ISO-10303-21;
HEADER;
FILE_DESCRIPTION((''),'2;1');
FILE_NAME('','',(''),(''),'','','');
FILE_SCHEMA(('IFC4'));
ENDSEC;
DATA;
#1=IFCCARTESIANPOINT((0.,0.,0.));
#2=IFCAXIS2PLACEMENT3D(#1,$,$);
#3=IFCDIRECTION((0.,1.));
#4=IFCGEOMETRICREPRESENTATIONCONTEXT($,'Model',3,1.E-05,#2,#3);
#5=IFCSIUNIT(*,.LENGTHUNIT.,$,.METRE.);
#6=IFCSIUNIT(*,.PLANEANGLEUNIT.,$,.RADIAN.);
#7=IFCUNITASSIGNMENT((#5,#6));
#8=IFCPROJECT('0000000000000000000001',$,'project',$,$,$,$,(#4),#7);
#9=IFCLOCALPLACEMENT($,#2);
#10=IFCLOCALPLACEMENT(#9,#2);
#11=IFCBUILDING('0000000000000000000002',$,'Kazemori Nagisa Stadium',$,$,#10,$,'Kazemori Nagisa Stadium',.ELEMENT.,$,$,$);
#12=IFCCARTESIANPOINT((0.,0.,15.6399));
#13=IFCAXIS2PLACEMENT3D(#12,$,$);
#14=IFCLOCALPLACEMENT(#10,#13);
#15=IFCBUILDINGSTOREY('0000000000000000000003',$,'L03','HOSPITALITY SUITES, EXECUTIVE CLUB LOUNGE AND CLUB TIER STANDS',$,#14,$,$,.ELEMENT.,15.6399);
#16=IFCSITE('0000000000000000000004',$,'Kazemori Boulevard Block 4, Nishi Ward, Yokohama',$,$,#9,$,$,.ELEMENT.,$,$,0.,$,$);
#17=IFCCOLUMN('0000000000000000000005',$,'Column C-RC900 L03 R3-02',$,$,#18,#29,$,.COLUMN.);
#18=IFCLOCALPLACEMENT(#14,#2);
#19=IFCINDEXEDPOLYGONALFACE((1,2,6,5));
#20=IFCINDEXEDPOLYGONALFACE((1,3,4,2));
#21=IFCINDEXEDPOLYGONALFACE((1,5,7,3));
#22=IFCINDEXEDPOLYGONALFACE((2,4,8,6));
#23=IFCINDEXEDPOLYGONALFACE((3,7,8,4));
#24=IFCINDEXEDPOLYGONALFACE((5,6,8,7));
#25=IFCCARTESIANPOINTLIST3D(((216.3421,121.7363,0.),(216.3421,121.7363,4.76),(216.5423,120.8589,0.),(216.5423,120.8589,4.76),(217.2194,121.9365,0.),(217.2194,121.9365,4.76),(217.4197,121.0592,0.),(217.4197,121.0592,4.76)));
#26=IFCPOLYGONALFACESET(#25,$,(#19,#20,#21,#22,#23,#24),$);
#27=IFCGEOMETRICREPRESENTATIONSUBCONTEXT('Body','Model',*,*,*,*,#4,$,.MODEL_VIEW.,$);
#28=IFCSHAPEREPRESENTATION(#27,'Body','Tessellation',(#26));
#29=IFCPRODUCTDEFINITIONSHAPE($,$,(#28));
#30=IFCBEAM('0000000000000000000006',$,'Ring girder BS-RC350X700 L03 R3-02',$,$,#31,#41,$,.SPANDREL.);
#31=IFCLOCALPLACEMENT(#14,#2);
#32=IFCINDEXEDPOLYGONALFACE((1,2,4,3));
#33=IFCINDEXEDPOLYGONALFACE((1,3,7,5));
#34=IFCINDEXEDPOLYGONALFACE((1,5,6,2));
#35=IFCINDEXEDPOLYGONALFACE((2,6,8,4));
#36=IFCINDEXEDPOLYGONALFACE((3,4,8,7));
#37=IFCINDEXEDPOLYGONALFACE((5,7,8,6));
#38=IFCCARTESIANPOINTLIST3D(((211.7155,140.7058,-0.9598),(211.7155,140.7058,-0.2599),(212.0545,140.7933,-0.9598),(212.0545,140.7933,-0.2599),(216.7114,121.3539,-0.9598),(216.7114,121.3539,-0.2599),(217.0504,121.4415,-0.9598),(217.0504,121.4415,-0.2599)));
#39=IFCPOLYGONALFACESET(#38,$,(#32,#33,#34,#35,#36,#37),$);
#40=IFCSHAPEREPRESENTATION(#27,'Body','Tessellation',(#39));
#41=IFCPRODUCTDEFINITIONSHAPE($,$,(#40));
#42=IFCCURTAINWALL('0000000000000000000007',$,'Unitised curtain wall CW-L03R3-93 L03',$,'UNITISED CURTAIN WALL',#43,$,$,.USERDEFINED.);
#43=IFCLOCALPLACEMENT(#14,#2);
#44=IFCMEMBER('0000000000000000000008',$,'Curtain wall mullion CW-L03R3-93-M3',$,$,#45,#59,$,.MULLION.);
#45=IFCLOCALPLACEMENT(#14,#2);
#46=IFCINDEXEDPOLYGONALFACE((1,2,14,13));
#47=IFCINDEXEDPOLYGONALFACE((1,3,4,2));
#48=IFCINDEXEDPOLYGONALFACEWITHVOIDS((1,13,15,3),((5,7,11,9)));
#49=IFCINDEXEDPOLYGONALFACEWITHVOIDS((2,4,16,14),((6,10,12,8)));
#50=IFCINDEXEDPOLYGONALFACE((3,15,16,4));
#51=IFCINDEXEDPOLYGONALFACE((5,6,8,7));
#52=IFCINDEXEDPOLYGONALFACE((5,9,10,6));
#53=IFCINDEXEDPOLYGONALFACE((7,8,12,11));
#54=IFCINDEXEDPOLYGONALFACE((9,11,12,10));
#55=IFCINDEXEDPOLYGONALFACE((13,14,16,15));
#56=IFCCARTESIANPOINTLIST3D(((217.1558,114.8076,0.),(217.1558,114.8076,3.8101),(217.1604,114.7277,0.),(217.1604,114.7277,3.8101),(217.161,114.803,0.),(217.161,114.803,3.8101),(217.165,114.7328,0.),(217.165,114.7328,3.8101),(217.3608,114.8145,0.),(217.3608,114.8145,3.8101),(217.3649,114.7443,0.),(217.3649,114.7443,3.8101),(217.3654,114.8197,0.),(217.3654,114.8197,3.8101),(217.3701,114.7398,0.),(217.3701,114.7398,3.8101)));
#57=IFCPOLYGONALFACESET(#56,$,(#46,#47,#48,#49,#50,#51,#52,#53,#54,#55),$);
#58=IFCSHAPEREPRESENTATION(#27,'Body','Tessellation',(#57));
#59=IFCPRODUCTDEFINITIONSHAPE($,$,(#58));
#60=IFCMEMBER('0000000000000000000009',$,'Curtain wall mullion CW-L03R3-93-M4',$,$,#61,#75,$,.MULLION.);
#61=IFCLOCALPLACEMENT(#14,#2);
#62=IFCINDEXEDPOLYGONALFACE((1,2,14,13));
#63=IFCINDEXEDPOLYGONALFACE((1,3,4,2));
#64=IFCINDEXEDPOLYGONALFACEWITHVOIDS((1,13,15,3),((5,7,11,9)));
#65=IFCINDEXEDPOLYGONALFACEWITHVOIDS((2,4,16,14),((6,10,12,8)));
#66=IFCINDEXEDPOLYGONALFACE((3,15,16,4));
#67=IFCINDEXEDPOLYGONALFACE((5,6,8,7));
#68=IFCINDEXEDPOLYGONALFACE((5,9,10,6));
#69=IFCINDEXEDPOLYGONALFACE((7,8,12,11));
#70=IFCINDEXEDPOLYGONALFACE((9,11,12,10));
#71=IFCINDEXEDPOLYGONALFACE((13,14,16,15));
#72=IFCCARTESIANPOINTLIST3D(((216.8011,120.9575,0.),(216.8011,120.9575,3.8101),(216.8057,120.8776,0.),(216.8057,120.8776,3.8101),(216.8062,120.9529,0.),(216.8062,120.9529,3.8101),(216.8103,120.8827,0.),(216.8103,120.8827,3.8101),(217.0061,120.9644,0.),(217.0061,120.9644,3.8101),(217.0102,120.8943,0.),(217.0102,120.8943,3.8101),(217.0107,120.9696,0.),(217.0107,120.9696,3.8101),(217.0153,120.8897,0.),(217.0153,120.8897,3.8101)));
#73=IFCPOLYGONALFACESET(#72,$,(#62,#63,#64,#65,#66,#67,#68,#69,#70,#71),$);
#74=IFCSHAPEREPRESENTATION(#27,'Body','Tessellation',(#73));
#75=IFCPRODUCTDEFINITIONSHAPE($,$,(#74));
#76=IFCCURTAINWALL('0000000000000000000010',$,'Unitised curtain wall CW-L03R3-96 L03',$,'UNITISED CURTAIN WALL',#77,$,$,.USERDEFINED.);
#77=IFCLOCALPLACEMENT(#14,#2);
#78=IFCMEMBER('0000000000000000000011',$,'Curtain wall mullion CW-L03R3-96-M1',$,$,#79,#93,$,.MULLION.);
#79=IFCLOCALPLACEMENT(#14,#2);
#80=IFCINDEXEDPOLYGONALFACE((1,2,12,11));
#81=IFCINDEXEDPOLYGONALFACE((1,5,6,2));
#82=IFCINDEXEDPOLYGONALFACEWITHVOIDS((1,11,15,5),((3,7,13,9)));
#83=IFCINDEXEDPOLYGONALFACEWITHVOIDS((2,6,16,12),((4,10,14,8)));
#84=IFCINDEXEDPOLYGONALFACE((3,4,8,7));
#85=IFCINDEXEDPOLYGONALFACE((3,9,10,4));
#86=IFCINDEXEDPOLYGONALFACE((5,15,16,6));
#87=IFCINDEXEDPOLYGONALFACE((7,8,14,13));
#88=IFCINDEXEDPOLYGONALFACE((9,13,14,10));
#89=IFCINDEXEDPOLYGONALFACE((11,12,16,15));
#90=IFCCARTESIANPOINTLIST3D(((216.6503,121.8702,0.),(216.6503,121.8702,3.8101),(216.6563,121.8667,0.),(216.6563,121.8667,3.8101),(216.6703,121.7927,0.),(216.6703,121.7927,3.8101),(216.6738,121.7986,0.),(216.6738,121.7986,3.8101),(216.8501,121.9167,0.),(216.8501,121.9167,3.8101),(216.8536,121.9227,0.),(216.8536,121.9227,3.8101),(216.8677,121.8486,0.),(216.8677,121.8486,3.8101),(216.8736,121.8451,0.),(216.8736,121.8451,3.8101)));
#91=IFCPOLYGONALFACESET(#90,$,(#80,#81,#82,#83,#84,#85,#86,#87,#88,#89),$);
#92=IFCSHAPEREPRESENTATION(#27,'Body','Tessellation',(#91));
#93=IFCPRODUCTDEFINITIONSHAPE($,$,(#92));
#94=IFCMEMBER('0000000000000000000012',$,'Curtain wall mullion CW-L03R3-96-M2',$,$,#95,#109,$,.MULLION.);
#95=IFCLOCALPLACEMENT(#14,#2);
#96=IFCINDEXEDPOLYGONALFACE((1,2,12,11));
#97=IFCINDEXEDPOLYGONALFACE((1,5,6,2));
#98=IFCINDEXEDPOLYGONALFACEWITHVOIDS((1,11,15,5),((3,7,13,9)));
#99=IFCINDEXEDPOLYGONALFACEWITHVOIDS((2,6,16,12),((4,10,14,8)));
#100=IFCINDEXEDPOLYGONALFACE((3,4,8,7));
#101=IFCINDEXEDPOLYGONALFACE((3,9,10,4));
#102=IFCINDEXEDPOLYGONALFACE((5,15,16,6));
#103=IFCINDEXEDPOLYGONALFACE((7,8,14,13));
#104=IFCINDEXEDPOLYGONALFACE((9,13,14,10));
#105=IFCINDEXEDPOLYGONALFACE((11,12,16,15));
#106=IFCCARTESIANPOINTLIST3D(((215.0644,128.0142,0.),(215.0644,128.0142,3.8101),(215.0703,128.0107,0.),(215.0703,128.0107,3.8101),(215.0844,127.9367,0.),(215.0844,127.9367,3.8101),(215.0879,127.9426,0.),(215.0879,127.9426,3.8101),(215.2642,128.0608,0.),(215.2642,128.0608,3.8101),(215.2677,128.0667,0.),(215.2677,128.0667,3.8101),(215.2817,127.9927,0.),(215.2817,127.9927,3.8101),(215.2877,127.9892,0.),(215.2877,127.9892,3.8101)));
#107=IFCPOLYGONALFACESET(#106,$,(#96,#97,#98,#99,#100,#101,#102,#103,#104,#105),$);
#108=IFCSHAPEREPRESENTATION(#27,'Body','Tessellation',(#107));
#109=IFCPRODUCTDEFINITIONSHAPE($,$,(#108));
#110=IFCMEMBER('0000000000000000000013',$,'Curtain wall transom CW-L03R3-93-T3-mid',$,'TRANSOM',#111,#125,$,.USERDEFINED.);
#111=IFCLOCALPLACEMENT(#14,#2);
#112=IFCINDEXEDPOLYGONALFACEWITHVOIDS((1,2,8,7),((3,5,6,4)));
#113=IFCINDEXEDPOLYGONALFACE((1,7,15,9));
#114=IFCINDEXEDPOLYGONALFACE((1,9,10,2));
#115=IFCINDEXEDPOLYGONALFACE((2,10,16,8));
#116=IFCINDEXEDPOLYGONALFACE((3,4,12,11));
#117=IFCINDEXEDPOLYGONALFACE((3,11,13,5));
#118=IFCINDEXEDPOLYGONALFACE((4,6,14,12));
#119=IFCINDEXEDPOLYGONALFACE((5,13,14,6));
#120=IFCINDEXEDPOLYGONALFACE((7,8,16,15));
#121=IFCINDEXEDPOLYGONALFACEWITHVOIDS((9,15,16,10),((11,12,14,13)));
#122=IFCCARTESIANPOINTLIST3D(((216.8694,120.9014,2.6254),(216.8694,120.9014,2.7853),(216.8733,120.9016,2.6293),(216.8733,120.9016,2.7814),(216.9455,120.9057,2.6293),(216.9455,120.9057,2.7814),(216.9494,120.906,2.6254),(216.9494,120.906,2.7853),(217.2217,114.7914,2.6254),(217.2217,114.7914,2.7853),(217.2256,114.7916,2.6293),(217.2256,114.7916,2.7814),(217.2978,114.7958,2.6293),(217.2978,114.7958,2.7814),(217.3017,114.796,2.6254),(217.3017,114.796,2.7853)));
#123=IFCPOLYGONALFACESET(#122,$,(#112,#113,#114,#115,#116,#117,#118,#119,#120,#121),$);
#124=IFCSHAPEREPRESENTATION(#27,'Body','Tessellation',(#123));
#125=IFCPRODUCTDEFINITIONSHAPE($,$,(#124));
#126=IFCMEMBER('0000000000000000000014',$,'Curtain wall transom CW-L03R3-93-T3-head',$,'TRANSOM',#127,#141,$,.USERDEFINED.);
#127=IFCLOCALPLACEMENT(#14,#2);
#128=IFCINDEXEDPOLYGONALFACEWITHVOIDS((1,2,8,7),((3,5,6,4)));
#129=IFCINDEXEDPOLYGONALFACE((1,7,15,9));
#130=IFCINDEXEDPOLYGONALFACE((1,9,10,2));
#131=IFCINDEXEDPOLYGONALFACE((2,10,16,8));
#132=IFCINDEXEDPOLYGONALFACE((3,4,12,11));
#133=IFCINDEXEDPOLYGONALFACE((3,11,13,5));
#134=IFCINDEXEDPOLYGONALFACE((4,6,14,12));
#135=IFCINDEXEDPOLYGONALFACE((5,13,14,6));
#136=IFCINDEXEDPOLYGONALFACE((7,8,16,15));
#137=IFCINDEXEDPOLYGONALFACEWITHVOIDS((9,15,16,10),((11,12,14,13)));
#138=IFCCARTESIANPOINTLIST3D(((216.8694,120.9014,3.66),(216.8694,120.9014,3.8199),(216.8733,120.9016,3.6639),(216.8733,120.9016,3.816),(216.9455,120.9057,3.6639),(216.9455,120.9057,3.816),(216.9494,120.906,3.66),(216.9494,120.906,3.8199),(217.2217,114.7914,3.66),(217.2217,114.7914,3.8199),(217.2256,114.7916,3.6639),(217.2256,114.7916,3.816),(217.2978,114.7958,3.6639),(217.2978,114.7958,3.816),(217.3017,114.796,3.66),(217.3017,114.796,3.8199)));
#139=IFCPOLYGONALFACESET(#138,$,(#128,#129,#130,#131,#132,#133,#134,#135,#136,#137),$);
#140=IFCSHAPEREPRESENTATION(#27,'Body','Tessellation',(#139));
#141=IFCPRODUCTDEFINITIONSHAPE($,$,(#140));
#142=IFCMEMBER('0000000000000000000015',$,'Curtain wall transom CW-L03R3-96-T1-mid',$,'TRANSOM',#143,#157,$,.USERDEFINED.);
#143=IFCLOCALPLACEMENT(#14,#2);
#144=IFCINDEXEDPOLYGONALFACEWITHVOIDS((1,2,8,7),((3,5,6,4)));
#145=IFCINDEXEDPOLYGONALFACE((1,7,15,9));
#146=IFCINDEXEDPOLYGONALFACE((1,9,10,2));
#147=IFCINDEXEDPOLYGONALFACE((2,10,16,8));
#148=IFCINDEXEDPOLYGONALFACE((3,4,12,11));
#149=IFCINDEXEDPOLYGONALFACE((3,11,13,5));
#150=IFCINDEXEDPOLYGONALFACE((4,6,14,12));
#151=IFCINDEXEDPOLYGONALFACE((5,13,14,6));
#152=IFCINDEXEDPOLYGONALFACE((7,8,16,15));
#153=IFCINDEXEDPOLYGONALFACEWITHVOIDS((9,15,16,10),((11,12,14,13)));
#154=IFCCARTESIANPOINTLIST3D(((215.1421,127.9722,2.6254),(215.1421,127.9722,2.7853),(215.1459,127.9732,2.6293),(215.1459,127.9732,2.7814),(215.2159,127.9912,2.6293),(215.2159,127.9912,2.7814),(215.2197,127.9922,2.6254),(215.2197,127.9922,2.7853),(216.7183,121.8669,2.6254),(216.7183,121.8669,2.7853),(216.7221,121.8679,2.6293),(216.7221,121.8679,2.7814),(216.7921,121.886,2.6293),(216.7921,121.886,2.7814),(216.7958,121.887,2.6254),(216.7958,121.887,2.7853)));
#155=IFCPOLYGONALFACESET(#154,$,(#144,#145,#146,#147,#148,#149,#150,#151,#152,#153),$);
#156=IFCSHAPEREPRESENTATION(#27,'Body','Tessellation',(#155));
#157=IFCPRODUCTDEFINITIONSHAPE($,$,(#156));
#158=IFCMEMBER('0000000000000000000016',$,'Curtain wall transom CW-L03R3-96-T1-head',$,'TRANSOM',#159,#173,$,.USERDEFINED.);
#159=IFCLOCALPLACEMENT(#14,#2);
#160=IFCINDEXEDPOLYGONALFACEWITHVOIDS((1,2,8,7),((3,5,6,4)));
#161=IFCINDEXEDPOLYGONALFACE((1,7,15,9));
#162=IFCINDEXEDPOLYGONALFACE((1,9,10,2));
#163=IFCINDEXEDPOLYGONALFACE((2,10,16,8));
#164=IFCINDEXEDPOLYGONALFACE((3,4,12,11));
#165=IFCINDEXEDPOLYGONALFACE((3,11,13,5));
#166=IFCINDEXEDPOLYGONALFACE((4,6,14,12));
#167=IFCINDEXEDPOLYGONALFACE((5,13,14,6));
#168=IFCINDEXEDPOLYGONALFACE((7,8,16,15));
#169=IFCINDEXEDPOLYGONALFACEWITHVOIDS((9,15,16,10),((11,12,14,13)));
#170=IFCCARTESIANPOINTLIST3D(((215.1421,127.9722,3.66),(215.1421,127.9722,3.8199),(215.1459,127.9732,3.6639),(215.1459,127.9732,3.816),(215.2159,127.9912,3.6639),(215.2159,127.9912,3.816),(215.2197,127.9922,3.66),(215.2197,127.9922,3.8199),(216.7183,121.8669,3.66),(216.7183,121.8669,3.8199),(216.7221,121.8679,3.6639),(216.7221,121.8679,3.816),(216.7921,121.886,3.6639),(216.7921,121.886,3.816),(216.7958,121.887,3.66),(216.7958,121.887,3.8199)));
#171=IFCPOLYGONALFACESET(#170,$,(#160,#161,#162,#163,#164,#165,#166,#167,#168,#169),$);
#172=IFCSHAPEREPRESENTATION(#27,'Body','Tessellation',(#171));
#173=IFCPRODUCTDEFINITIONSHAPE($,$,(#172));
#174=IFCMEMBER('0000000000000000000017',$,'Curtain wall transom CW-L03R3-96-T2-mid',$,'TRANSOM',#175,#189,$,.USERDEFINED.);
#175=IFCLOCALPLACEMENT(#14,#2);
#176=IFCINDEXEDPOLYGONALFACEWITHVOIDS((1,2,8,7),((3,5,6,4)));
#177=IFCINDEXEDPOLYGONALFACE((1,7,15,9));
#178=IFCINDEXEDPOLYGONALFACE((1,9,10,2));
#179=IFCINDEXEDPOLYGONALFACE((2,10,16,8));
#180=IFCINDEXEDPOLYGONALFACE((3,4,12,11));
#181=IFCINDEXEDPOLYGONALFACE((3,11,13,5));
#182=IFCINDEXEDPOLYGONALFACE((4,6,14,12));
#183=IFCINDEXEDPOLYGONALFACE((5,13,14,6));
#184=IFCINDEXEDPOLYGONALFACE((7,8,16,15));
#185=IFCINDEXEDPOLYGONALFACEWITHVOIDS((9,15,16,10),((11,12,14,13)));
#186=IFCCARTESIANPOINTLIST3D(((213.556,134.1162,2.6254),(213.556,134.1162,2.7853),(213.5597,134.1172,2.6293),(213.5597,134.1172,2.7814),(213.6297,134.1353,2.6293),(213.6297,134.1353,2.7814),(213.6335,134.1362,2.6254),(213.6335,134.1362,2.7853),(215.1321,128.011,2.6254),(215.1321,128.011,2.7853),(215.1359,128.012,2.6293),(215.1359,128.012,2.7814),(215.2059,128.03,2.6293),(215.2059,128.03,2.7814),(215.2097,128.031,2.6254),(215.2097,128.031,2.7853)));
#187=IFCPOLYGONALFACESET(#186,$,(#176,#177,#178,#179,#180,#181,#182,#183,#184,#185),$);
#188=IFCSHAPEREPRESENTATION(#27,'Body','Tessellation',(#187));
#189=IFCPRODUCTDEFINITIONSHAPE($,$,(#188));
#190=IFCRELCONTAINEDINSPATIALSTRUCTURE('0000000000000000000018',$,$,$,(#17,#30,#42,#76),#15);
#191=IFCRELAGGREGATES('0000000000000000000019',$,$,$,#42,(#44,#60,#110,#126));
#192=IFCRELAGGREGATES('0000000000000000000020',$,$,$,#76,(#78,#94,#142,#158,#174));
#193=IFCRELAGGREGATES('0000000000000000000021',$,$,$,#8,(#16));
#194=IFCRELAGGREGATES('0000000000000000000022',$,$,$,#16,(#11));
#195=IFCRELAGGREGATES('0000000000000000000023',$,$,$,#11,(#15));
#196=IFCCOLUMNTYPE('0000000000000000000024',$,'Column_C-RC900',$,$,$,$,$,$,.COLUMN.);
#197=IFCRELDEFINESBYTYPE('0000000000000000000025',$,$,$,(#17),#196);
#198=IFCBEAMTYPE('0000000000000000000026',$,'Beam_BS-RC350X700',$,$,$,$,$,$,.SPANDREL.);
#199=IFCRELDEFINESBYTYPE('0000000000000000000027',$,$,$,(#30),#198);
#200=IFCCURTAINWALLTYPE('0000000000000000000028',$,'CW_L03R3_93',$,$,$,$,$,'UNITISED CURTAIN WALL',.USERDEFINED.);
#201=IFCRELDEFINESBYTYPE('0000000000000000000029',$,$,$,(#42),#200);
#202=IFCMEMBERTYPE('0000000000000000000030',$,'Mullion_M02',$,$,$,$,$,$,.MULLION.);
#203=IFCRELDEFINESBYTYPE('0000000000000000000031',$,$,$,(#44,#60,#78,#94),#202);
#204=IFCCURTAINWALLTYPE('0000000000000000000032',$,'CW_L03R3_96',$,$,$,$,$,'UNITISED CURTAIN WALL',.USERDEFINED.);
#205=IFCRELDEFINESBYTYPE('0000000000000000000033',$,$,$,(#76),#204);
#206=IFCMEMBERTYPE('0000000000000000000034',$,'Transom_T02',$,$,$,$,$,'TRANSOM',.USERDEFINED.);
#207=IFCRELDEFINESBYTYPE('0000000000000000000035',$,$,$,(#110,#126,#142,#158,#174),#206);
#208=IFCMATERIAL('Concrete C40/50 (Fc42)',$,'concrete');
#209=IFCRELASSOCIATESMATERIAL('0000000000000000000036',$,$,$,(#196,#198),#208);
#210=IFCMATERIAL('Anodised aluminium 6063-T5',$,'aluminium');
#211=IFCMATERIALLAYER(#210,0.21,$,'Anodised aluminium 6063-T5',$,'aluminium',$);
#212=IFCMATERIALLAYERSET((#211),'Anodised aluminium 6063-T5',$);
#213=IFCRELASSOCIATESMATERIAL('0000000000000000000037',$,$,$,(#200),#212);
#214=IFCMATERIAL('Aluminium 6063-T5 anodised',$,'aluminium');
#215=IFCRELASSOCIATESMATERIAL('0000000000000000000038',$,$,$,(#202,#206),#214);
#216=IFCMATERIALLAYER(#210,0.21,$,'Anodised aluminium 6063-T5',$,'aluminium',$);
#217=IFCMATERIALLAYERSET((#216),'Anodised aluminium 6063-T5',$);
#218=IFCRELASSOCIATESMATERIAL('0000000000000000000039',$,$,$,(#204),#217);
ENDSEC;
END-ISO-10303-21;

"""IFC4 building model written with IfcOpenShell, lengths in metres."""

from ifc_helpers import new_model, si_unit, direction, frame, origin, origin_2d, place, context, subcontext, project, spatial, rectangle, hollow_rectangle, extrude, material, layer, layer_set, material_profile, profile_set, type_object, element, aggregate, save


model = new_model("IFC4")

# Units and contexts
model_context = context("Model", 3, precision=1e-05, world=origin(), true_north=direction((0.0, 1.0)))
body_context = subcontext(model_context, "Body", "Model", "MODEL_VIEW")
ifc_project = project(units=[si_unit("LENGTHUNIT", "METRE"), si_unit("PLANEANGLEUNIT", "RADIAN")], contexts=[model_context])

# Site, building, storey
site_placement = place(None, origin())
site = spatial("IfcSite", under=ifc_project, at=site_placement, Name="Kazemori Boulevard Block 4, Nishi Ward, Yokohama", CompositionType="ELEMENT", RefElevation=0.0)
building_placement = place(site_placement, origin())
building = spatial("IfcBuilding", under=site, at=building_placement, Name="Kazemori Nagisa Stadium", LongName="Kazemori Nagisa Stadium", CompositionType="ELEMENT")
storey_placement = place(building_placement, frame((0.0, 0.0, 15.6399)))
storey = spatial("IfcBuildingStorey", under=building, at=storey_placement, Name="L03", Description="HOSPITALITY SUITES, EXECUTIVE CLUB LOUNGE AND CLUB TIER STANDS", CompositionType="ELEMENT", Elevation=15.6399)

# Column
ifc_material_1 = material(Name="Concrete C40/50 (Fc42)", Category="concrete")
ifc_material_profile_1 = material_profile(ifc_material_1, rectangle(XDim=0.8999, YDim=0.8999, at=origin_2d()), Name="RC-COL-900x900")
ifc_profile_set_1 = profile_set([ifc_material_profile_1], Name="Concrete C40/50 (Fc42)")
column_type = type_object("IfcColumnType", Name="Column_C-RC900", PredefinedType="COLUMN", material=ifc_profile_set_1)
column_placement = place(storey_placement, frame((216.8809, 121.3977, 0.0), z_axis=(0.0, 0.0, 1.0), x_axis=(0.974928, 0.222521, 0.0)))
element("IfcColumn", 1, at=column_placement, inside=storey, type_object=column_type, Name="Column C-RC900 L03 R3-02", PredefinedType="COLUMN", context=body_context, shape_type="SweptSolid", body=[
    extrude(rectangle(XDim=0.8999, YDim=0.8999, at=origin_2d()), origin(), (0.0, 0.0, 1.0), 4.76),
])

# Beam
ifc_material_profile_2 = material_profile(ifc_material_1, rectangle(XDim=0.3501, YDim=0.7, at=origin_2d()), Name="RC-SP-350x700")
ifc_profile_set_2 = profile_set([ifc_material_profile_2], Name="Concrete C40/50 (Fc42)")
beam_type = type_object("IfcBeamType", Name="Beam_BS-RC350X700", PredefinedType="SPANDREL", material=ifc_profile_set_2)
beam_placement = place(storey_placement, frame((216.8809, 121.3977, -0.6099), z_axis=(-0.249964, 0.968255, 0.0), x_axis=(-0.968255, -0.249964, 0.0)))
element("IfcBeam", 2, at=beam_placement, inside=storey, type_object=beam_type, Name="Ring girder BS-RC350X700 L03 R3-02", PredefinedType="SPANDREL", context=body_context, shape_type="SweptSolid", body=[
    extrude(rectangle(XDim=0.3501, YDim=0.7, at=origin_2d()), origin(), (0.0, 0.0, 1.0), 19.9863),
])

# Curtain walls, members
ifc_material_2 = material(Name="Anodised aluminium 6063-T5", Category="aluminium")
ifc_layer_1 = layer(ifc_material_2, 0.21, Name="Anodised aluminium 6063-T5", Category="aluminium")
ifc_layer_set_1 = layer_set([ifc_layer_1], Name="Anodised aluminium 6063-T5")
curtain_wall_type_1 = type_object("IfcCurtainWallType", Name="CW_L03R3_93", ElementType="UNITISED CURTAIN WALL", PredefinedType="USERDEFINED", material=ifc_layer_set_1)
curtain_wall_1_placement = place(storey_placement, origin())
curtain_wall_1 = element("IfcCurtainWall", 3, at=curtain_wall_1_placement, inside=storey, type_object=curtain_wall_type_1, Name="Unitised curtain wall CW-L03R3-93 L03", ObjectType="UNITISED CURTAIN WALL", PredefinedType="USERDEFINED")
ifc_material_3 = material(Name="Aluminium 6063-T5 anodised", Category="aluminium")
ifc_material_profile_3 = material_profile(ifc_material_3, hollow_rectangle(XDim=0.0801, YDim=0.21, WallThickness=0.0049, at=origin_2d()), Name="ALU-MULL-80x210x5")
ifc_profile_set_3 = profile_set([ifc_material_profile_3], Name="Aluminium 6063-T5 anodised")
member_type_1 = type_object("IfcMemberType", Name="Mullion_M02", PredefinedType="MULLION", material=ifc_profile_set_3)
member_1_placement = place(storey_placement, frame((217.2629, 114.7737, 0.0), z_axis=(0.0, 0.0, 1.0), x_axis=(-0.057602, 0.99834, 0.0)))
member_1 = element("IfcMember", 4, at=member_1_placement, type_object=member_type_1, Name="Curtain wall mullion CW-L03R3-93-M3", PredefinedType="MULLION", context=body_context, shape_type="SweptSolid", body=[
    extrude(hollow_rectangle(XDim=0.0801, YDim=0.21, WallThickness=0.0049, at=origin_2d()), origin(), (0.0, 0.0, 1.0), 3.8101),
])
member_2_placement = place(storey_placement, frame((216.9082, 120.9236, 0.0), z_axis=(0.0, 0.0, 1.0), x_axis=(-0.057602, 0.99834, 0.0)))
member_2 = element("IfcMember", 5, at=member_2_placement, type_object=member_type_1, Name="Curtain wall mullion CW-L03R3-93-M4", PredefinedType="MULLION", context=body_context, shape_type="SweptSolid", body=[
    extrude(hollow_rectangle(XDim=0.0801, YDim=0.21, WallThickness=0.0049, at=origin_2d()), origin(), (0.0, 0.0, 1.0), 3.8101),
])
ifc_layer_2 = layer(ifc_material_2, 0.21, Name="Anodised aluminium 6063-T5", Category="aluminium")
ifc_layer_set_2 = layer_set([ifc_layer_2], Name="Anodised aluminium 6063-T5")
curtain_wall_type_2 = type_object("IfcCurtainWallType", Name="CW_L03R3_96", ElementType="UNITISED CURTAIN WALL", PredefinedType="USERDEFINED", material=ifc_layer_set_2)
curtain_wall_2_placement = place(storey_placement, origin())
curtain_wall_2 = element("IfcCurtainWall", 6, at=curtain_wall_2_placement, inside=storey, type_object=curtain_wall_type_2, Name="Unitised curtain wall CW-L03R3-96 L03", ObjectType="UNITISED CURTAIN WALL", PredefinedType="USERDEFINED")
member_3_placement = place(storey_placement, frame((216.762, 121.8577, 0.0), z_axis=(0.0, 0.0, 1.0), x_axis=(-0.249965, 0.968255, 0.0)))
member_3 = element("IfcMember", 7, at=member_3_placement, type_object=member_type_1, Name="Curtain wall mullion CW-L03R3-96-M1", PredefinedType="MULLION", context=body_context, shape_type="SweptSolid", body=[
    extrude(hollow_rectangle(XDim=0.0801, YDim=0.21, WallThickness=0.0049, at=origin_2d()), origin(), (0.0, 0.0, 1.0), 3.8101),
])
member_4_placement = place(storey_placement, frame((215.176, 128.0017, 0.0), z_axis=(0.0, 0.0, 1.0), x_axis=(-0.249965, 0.968255, 0.0)))
member_4 = element("IfcMember", 8, at=member_4_placement, type_object=member_type_1, Name="Curtain wall mullion CW-L03R3-96-M2", PredefinedType="MULLION", context=body_context, shape_type="SweptSolid", body=[
    extrude(hollow_rectangle(XDim=0.0801, YDim=0.21, WallThickness=0.0049, at=origin_2d()), origin(), (0.0, 0.0, 1.0), 3.8101),
])

# Members
ifc_material_profile_4 = material_profile(ifc_material_3, hollow_rectangle(XDim=0.0801, YDim=0.1599, WallThickness=0.0039, at=origin_2d()), Name="ALU-TRAN-80x160x4")
ifc_profile_set_4 = profile_set([ifc_material_profile_4], Name="Aluminium 6063-T5 anodised")
member_type_2 = type_object("IfcMemberType", Name="Transom_T02", ElementType="TRANSOM", PredefinedType="USERDEFINED", material=ifc_profile_set_4)
member_5_placement = place(storey_placement, frame((217.2617, 114.7937, 2.7053), z_axis=(-0.057564, 0.998342, 0.0), x_axis=(-0.998342, -0.057564, 0.0)))
member_5 = element("IfcMember", 9, at=member_5_placement, type_object=member_type_2, Name="Curtain wall transom CW-L03R3-93-T3-mid", ObjectType="TRANSOM", PredefinedType="USERDEFINED", context=body_context, shape_type="SweptSolid", body=[
    extrude(hollow_rectangle(XDim=0.0801, YDim=0.1599, WallThickness=0.0039, at=origin_2d()), origin(), (0.0, 0.0, 1.0), 6.1201),
])
member_6_placement = place(storey_placement, frame((217.2617, 114.7937, 3.74), z_axis=(-0.057564, 0.998342, 0.0), x_axis=(-0.998342, -0.057564, 0.0)))
member_6 = element("IfcMember", 10, at=member_6_placement, type_object=member_type_2, Name="Curtain wall transom CW-L03R3-93-T3-head", ObjectType="TRANSOM", PredefinedType="USERDEFINED", context=body_context, shape_type="SweptSolid", body=[
    extrude(hollow_rectangle(XDim=0.0801, YDim=0.1599, WallThickness=0.0039, at=origin_2d()), origin(), (0.0, 0.0, 1.0), 6.1201),
])
member_7_placement = place(storey_placement, frame((216.7571, 121.877, 2.7053), z_axis=(-0.249972, 0.968253, 0.0), x_axis=(-0.968253, -0.249972, 0.0)))
member_7 = element("IfcMember", 11, at=member_7_placement, type_object=member_type_2, Name="Curtain wall transom CW-L03R3-96-T1-mid", ObjectType="TRANSOM", PredefinedType="USERDEFINED", context=body_context, shape_type="SweptSolid", body=[
    extrude(hollow_rectangle(XDim=0.0801, YDim=0.1599, WallThickness=0.0039, at=origin_2d()), origin(), (0.0, 0.0, 1.0), 6.3054),
])
member_8_placement = place(storey_placement, frame((216.7571, 121.877, 3.74), z_axis=(-0.249972, 0.968253, 0.0), x_axis=(-0.968253, -0.249972, 0.0)))
member_8 = element("IfcMember", 12, at=member_8_placement, type_object=member_type_2, Name="Curtain wall transom CW-L03R3-96-T1-head", ObjectType="TRANSOM", PredefinedType="USERDEFINED", context=body_context, shape_type="SweptSolid", body=[
    extrude(hollow_rectangle(XDim=0.0801, YDim=0.1599, WallThickness=0.0039, at=origin_2d()), origin(), (0.0, 0.0, 1.0), 6.3054),
])
member_9_placement = place(storey_placement, frame((215.1709, 128.021, 2.7053), z_axis=(-0.249972, 0.968253, 0.0), x_axis=(-0.968253, -0.249972, 0.0)))
member_9 = element("IfcMember", 13, at=member_9_placement, type_object=member_type_2, Name="Curtain wall transom CW-L03R3-96-T2-mid", ObjectType="TRANSOM", PredefinedType="USERDEFINED", context=body_context, shape_type="SweptSolid", body=[
    extrude(hollow_rectangle(XDim=0.0801, YDim=0.1599, WallThickness=0.0039, at=origin_2d()), origin(), (0.0, 0.0, 1.0), 6.3054),
])

aggregate(curtain_wall_1, [member_1, member_2, member_5, member_6])
aggregate(curtain_wall_2, [member_3, member_4, member_7, member_8, member_9])

save(model, "model.ifc")
